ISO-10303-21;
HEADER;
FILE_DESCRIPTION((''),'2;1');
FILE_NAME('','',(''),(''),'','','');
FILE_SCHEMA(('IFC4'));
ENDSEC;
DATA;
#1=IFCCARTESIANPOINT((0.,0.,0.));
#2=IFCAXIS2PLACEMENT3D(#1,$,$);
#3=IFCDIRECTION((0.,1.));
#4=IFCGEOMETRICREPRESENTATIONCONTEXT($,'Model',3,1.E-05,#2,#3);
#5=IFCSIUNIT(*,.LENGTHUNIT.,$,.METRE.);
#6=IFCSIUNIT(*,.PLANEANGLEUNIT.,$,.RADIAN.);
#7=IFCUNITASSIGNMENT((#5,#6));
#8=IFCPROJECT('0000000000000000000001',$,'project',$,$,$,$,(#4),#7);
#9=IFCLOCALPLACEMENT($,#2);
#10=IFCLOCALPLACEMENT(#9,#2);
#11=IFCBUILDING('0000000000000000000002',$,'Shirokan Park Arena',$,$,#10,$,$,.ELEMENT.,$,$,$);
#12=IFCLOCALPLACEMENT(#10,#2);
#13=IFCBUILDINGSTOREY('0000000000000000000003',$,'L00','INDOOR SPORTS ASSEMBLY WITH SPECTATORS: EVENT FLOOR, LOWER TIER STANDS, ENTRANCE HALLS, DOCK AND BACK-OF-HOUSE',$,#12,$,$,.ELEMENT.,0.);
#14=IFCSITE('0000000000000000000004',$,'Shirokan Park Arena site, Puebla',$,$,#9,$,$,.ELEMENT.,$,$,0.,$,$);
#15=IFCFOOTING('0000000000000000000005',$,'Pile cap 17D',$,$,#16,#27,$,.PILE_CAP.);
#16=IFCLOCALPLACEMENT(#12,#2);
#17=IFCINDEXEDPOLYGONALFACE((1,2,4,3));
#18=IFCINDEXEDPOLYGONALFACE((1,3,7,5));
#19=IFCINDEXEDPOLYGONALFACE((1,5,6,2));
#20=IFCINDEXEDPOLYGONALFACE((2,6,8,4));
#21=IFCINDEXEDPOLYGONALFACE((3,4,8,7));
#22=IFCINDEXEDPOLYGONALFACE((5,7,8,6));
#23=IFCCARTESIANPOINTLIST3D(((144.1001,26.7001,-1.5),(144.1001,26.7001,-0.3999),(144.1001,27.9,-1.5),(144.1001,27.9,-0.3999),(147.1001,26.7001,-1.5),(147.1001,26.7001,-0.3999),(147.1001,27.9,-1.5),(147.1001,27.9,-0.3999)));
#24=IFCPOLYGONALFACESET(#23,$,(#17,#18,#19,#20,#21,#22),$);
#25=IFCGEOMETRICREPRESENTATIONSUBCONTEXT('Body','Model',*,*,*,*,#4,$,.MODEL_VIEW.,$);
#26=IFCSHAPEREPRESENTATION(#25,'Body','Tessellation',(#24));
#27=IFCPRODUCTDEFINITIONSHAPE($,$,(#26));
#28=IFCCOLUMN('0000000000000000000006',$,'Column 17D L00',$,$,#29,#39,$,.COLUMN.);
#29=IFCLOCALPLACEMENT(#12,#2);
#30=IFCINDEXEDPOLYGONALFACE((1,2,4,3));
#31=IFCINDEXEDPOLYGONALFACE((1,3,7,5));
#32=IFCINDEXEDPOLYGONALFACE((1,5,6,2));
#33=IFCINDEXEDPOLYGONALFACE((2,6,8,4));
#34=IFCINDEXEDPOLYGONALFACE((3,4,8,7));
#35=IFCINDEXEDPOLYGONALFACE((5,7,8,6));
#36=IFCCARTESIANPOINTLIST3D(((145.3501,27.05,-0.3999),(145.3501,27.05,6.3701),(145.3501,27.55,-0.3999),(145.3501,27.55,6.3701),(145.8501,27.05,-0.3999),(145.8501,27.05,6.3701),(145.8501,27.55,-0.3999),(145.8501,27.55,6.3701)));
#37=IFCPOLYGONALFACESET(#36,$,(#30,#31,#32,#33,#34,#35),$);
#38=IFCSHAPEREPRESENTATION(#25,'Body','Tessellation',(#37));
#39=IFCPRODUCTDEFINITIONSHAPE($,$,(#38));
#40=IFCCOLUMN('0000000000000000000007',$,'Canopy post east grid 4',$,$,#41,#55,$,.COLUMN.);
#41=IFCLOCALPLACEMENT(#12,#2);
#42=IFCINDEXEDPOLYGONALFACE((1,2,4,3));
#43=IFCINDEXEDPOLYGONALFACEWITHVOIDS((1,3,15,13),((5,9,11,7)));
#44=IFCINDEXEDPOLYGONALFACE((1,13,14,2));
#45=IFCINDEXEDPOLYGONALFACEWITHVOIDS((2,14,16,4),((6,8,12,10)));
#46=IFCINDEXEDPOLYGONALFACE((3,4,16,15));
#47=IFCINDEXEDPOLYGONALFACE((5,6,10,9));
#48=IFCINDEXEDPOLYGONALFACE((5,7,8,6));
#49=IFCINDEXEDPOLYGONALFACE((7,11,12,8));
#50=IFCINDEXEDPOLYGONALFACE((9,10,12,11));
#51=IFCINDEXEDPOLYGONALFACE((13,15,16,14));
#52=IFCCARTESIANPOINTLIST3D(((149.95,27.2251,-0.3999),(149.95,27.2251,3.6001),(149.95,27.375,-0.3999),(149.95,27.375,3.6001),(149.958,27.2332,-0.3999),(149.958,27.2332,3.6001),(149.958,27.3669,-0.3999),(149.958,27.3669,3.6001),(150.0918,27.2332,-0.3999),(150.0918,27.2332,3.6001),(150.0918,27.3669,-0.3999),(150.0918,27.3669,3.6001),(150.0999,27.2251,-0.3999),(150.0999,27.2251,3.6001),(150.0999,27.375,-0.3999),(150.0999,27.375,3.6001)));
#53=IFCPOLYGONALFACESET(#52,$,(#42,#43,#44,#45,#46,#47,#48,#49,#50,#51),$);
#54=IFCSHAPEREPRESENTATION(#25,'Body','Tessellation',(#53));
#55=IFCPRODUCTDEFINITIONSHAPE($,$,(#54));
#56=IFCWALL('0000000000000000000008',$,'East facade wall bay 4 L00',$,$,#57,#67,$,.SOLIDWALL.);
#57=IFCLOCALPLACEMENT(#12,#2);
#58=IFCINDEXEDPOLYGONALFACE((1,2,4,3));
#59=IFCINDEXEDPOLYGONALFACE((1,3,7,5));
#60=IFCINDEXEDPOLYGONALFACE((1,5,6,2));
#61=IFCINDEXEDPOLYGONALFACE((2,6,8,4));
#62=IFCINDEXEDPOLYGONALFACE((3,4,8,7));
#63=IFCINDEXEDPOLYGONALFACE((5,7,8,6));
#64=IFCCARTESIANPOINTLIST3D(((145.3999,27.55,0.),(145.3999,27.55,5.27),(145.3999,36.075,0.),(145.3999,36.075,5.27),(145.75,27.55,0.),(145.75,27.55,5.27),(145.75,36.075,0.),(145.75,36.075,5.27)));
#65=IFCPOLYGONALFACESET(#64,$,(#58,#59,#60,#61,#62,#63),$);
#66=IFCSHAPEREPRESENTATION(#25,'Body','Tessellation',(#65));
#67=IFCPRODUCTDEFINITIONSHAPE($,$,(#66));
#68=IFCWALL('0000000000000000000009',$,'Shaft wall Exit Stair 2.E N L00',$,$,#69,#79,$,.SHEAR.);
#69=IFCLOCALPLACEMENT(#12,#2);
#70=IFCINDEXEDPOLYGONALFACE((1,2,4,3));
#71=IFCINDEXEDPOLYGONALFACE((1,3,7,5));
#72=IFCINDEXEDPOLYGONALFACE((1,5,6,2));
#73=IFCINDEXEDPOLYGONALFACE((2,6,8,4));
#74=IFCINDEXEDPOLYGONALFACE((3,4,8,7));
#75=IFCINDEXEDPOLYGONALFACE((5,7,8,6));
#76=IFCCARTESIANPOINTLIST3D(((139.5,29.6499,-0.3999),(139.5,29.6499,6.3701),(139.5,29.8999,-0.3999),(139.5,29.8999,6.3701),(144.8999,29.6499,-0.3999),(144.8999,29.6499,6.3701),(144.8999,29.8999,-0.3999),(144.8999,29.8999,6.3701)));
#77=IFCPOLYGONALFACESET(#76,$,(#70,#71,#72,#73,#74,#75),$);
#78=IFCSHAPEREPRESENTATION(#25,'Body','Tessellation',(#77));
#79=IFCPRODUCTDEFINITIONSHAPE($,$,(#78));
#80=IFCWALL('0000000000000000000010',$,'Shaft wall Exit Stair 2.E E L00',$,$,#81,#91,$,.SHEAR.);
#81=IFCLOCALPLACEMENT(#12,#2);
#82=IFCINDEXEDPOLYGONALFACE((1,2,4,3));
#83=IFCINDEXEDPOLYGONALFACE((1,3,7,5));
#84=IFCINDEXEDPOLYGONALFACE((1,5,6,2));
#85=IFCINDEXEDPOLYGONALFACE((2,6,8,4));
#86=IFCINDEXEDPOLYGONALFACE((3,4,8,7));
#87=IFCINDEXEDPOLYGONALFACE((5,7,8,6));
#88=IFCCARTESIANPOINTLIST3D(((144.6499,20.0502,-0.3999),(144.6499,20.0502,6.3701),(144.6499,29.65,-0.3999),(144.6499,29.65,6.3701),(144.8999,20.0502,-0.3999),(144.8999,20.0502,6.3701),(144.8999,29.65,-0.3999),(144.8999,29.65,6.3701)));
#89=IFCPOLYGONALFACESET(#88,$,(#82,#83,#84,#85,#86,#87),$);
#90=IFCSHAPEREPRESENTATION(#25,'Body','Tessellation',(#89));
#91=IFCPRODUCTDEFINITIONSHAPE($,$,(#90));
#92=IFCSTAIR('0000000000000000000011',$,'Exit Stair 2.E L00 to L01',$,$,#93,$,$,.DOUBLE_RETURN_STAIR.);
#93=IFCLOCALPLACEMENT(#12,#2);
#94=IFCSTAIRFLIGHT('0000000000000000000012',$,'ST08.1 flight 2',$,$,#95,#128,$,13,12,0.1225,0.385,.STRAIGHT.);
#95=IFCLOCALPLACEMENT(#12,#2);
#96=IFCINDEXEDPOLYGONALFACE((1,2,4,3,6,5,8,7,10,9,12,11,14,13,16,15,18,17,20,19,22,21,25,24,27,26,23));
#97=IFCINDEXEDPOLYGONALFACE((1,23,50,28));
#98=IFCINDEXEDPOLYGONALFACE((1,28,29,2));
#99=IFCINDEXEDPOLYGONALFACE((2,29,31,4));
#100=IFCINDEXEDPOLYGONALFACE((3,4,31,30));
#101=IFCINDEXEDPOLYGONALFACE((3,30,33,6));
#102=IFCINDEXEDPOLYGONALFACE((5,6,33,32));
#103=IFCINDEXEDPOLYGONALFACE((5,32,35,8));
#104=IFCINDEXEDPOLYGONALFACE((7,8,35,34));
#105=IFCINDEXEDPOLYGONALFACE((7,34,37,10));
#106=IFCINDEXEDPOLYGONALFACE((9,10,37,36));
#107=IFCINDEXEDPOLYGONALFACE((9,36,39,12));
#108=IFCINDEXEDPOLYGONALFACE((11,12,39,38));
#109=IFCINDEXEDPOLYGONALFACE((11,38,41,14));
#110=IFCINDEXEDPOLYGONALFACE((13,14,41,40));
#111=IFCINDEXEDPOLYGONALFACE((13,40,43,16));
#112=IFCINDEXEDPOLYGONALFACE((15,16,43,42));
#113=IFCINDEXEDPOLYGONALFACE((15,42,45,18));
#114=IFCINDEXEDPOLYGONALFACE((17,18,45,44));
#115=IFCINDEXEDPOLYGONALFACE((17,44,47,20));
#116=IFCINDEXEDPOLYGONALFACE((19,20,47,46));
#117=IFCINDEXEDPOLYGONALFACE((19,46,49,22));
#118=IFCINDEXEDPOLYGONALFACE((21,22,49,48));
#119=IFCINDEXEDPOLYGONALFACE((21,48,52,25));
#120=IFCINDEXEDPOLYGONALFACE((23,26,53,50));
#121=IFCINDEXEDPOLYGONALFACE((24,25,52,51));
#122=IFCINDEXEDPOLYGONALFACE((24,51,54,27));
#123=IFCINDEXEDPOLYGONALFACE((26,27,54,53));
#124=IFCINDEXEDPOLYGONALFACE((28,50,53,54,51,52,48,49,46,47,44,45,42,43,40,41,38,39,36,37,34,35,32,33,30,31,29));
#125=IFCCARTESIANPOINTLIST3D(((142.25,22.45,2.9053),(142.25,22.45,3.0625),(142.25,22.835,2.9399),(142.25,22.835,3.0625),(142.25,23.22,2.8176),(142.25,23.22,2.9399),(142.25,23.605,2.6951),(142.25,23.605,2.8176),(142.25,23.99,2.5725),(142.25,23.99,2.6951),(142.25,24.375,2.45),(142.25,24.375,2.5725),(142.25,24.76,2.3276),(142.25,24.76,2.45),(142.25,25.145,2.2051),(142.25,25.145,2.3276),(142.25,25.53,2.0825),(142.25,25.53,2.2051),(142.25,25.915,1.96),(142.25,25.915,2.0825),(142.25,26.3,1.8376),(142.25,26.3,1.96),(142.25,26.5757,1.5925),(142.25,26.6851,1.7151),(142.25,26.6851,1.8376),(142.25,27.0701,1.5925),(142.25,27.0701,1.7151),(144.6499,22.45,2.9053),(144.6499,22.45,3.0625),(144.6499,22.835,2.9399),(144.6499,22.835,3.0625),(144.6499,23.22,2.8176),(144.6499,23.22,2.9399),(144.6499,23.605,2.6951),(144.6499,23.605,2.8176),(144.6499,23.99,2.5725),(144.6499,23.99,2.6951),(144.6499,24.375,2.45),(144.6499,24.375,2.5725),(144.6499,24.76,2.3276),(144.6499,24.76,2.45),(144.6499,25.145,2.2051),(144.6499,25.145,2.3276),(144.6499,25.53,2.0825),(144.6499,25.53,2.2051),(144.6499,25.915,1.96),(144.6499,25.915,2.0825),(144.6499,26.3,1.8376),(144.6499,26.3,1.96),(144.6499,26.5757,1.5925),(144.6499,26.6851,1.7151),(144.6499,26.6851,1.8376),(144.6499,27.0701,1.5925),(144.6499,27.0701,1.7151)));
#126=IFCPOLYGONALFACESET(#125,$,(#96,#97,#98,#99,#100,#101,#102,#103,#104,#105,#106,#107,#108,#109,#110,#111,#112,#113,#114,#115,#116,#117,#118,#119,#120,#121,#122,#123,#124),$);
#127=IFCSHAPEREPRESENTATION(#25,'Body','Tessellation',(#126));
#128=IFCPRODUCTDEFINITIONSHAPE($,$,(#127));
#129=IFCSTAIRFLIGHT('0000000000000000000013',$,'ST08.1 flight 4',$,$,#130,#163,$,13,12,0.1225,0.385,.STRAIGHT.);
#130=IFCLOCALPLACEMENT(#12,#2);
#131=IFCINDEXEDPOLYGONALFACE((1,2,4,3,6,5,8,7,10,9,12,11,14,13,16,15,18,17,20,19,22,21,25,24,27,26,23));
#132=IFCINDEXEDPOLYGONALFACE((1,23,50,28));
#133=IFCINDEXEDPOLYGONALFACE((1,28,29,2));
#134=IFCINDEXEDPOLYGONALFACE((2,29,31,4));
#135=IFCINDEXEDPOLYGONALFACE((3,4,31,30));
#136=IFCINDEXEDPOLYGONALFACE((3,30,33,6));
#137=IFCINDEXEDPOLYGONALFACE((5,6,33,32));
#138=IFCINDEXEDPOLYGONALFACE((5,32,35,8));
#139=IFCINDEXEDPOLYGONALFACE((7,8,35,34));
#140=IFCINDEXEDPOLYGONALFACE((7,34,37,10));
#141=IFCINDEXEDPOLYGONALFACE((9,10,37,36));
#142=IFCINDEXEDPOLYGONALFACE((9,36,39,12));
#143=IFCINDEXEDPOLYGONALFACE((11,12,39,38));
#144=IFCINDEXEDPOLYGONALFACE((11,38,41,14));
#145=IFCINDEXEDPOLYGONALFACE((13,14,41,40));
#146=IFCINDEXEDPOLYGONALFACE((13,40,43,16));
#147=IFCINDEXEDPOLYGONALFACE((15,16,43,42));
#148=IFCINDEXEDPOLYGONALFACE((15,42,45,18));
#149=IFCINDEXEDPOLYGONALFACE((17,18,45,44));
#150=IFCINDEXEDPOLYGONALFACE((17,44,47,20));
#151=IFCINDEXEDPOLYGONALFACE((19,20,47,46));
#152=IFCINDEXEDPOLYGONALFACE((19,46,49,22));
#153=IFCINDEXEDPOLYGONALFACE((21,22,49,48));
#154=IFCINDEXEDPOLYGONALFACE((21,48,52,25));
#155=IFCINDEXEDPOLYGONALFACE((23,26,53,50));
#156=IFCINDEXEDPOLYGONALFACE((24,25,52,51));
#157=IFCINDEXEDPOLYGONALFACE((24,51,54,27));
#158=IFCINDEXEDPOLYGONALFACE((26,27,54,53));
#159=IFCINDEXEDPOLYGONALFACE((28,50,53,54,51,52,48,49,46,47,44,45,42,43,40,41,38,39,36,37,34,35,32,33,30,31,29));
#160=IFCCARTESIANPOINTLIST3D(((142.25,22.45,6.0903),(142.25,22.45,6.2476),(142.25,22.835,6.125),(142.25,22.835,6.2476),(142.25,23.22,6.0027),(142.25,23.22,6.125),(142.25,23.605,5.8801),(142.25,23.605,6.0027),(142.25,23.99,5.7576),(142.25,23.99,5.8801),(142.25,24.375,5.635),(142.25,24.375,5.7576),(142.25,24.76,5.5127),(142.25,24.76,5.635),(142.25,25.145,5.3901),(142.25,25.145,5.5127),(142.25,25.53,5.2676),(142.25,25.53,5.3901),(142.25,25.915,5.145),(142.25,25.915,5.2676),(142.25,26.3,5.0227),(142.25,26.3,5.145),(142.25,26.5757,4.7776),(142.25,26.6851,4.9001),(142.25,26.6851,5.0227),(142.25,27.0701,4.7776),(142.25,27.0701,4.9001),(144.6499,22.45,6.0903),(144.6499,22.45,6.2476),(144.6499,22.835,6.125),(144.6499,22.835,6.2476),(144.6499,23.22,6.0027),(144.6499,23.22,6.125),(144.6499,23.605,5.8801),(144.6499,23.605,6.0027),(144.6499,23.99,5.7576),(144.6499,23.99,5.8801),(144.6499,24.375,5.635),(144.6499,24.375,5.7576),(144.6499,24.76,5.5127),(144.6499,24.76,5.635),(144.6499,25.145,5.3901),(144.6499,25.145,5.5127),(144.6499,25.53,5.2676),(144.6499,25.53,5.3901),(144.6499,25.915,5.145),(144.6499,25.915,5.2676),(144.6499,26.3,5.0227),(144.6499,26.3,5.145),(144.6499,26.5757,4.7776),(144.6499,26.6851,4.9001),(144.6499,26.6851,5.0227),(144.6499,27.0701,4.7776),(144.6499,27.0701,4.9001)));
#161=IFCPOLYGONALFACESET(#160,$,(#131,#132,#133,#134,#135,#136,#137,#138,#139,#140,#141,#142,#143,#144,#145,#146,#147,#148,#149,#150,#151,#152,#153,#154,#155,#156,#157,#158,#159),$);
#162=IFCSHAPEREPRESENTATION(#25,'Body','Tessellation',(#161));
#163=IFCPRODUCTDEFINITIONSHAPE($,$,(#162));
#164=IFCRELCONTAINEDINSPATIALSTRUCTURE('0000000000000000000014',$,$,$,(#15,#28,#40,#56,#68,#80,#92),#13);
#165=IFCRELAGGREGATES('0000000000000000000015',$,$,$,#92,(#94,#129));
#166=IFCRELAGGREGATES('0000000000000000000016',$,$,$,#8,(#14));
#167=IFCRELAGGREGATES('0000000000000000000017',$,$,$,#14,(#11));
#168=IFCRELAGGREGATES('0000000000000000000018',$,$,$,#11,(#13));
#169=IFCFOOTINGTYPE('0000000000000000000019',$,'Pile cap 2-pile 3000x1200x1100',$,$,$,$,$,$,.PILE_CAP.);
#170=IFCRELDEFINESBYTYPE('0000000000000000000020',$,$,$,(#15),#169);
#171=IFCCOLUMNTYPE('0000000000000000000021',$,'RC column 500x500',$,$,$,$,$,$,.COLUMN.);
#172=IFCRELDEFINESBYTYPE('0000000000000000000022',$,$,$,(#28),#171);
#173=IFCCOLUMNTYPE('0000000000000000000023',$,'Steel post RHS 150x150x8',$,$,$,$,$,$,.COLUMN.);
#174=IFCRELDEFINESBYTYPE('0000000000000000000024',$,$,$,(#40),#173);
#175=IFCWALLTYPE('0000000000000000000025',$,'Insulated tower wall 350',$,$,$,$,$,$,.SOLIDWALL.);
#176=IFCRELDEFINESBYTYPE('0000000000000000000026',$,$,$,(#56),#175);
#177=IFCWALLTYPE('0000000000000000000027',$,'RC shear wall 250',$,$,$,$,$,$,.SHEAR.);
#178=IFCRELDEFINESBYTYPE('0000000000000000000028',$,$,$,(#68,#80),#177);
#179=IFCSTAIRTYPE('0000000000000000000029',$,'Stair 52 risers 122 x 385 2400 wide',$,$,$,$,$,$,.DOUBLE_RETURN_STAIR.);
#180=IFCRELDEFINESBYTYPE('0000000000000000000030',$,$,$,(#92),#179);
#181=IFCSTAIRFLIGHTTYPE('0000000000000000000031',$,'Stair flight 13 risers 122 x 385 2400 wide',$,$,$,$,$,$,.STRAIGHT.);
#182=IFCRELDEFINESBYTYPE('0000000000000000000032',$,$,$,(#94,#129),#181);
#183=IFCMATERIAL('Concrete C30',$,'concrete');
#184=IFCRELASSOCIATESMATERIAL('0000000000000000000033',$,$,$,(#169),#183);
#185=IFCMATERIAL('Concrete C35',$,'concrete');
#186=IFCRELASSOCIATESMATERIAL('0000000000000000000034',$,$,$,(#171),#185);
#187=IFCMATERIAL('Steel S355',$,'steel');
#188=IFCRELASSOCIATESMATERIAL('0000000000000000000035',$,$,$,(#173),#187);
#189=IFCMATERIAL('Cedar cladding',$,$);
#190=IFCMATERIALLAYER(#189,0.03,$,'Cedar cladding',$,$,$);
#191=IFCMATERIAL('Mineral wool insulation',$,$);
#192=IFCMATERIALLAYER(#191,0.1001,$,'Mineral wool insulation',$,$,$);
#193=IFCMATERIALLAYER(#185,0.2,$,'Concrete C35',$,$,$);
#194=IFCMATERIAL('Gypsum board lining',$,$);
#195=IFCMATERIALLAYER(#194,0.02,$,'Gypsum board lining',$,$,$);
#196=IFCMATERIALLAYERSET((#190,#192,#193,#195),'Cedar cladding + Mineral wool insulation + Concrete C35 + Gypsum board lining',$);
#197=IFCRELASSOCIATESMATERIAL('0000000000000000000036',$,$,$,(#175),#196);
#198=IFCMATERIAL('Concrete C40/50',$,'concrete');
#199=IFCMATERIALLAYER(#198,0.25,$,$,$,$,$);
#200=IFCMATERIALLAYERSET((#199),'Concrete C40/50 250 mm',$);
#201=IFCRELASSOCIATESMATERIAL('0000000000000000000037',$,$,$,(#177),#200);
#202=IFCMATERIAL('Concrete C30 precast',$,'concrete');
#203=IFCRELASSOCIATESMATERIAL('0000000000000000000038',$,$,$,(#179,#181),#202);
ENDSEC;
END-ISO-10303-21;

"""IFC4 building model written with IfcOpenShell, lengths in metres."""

from ifc_helpers import new_model, si_unit, direction, frame, frame_2d, origin, origin_2d, place, context, subcontext, project, spatial, polyline, rectangle, hollow_rectangle, outline, extrude, material, layer, layer_set, material_profile, profile_set, type_object, element, aggregate, save


model = new_model("IFC4")

# Units and contexts
model_context = context("Model", 3, precision=1e-05, world=origin(), true_north=direction((0.0, 1.0)))
body_context = subcontext(model_context, "Body", "Model", "MODEL_VIEW")
ifc_project = project(units=[si_unit("LENGTHUNIT", "METRE"), si_unit("PLANEANGLEUNIT", "RADIAN")], contexts=[model_context])

# Site, building, storey
site_placement = place(None, origin())
site = spatial("IfcSite", under=ifc_project, at=site_placement, Name="Shirokan Park Arena site, Puebla", CompositionType="ELEMENT", RefElevation=0.0)
building_placement = place(site_placement, origin())
building = spatial("IfcBuilding", under=site, at=building_placement, Name="Shirokan Park Arena", CompositionType="ELEMENT")
storey_placement = place(building_placement, origin())
storey = spatial("IfcBuildingStorey", under=building, at=storey_placement, Name="L00", Description="INDOOR SPORTS ASSEMBLY WITH SPECTATORS: EVENT FLOOR, LOWER TIER STANDS, ENTRANCE HALLS, DOCK AND BACK-OF-HOUSE", CompositionType="ELEMENT", Elevation=0.0)

# Shared definitions
ifc_material_1 = material(Name="Concrete C30", Category="concrete")

# Footing
footing_type_1 = type_object("IfcFootingType", Name="Pile cap 2-pile 3000x1200x1100", PredefinedType="PILE_CAP", material=ifc_material_1)
footing_1_placement = place(storey_placement, frame((145.6001, 27.3, -1.5), z_axis=(0.0, 0.0, 1.0), x_axis=(1.0, 0.0, 0.0)))
element("IfcFooting", 1, at=footing_1_placement, inside=storey, type_object=footing_type_1, Name="Pile cap 17D", PredefinedType="PILE_CAP", context=body_context, shape_type="SweptSolid", body=[
    extrude(rectangle(XDim=3.0, YDim=1.2, at=origin_2d()), origin(), (0.0, 0.0, 1.0), 1.1001),
])

# Columns
ifc_material_2 = material(Name="Concrete C35", Category="concrete")
ifc_material_profile_1 = material_profile(ifc_material_2, rectangle(XDim=0.5, YDim=0.5, at=origin_2d()), Name="500x500")
ifc_profile_set_1 = profile_set([ifc_material_profile_1], Name="Concrete C35")
column_type_1 = type_object("IfcColumnType", Name="RC column 500x500", PredefinedType="COLUMN", material=ifc_profile_set_1)
column_1_placement = place(storey_placement, frame((145.6001, 27.3, -0.3999), z_axis=(0.0, 0.0, 1.0), x_axis=(1.0, 0.0, 0.0)))
element("IfcColumn", 2, at=column_1_placement, inside=storey, type_object=column_type_1, Name="Column 17D L00", PredefinedType="COLUMN", context=body_context, shape_type="SweptSolid", body=[
    extrude(rectangle(XDim=0.5, YDim=0.5, at=origin_2d()), origin(), (0.0, 0.0, 1.0), 6.77),
])
ifc_material_3 = material(Name="Steel S355", Category="steel")
ifc_material_profile_2 = material_profile(ifc_material_3, hollow_rectangle(XDim=0.1499, YDim=0.1499, WallThickness=0.0081, at=origin_2d()), Name="RHS 150x150x8")
ifc_profile_set_2 = profile_set([ifc_material_profile_2], Name="Steel S355")
column_type_2 = type_object("IfcColumnType", Name="Steel post RHS 150x150x8", PredefinedType="COLUMN", material=ifc_profile_set_2)
column_2_placement = place(storey_placement, frame((150.0249, 27.3, -0.3999), z_axis=(0.0, 0.0, 1.0), x_axis=(1.0, 0.0, 0.0)))
element("IfcColumn", 3, at=column_2_placement, inside=storey, type_object=column_type_2, Name="Canopy post east grid 4", PredefinedType="COLUMN", context=body_context, shape_type="SweptSolid", body=[
    extrude(hollow_rectangle(XDim=0.1499, YDim=0.1499, WallThickness=0.0081, at=origin_2d()), origin(), (0.0, 0.0, 1.0), 4.0),
])

# Walls
ifc_material_4 = material(Name="Cedar cladding")
ifc_layer_1 = layer(ifc_material_4, 0.03, Name="Cedar cladding")
ifc_material_5 = material(Name="Mineral wool insulation")
ifc_layer_2 = layer(ifc_material_5, 0.1001, Name="Mineral wool insulation")
ifc_layer_3 = layer(ifc_material_2, 0.2, Name="Concrete C35")
ifc_material_6 = material(Name="Gypsum board lining")
ifc_layer_4 = layer(ifc_material_6, 0.02, Name="Gypsum board lining")
ifc_layer_set_1 = layer_set([ifc_layer_1, ifc_layer_2, ifc_layer_3, ifc_layer_4], Name="Cedar cladding + Mineral wool insulation + Concrete C35 + Gypsum board lining")
wall_type_1 = type_object("IfcWallType", Name="Insulated tower wall 350", PredefinedType="SOLIDWALL", material=ifc_layer_set_1)
wall_1_placement = place(storey_placement, frame((145.575, 27.55, 0.0), z_axis=(0.0, 0.0, 1.0), x_axis=(0.0, 1.0, 0.0)))
element("IfcWall", 4, at=wall_1_placement, inside=storey, type_object=wall_type_1, Name="East facade wall bay 4 L00", PredefinedType="SOLIDWALL", context=body_context, shape_type="SweptSolid", body=[
    extrude(rectangle(XDim=8.5249, YDim=0.3501, at=frame_2d((4.2625, 0.0))), origin(), (0.0, 0.0, 1.0), 5.27),
])
ifc_material_7 = material(Name="Concrete C40/50", Category="concrete")
ifc_layer_5 = layer(ifc_material_7, 0.25)
ifc_layer_set_2 = layer_set([ifc_layer_5], Name="Concrete C40/50 250 mm")
wall_type_2 = type_object("IfcWallType", Name="RC shear wall 250", PredefinedType="SHEAR", material=ifc_layer_set_2)
wall_2_placement = place(storey_placement, frame((144.8999, 29.7749, -0.3999), z_axis=(0.0, 0.0, 1.0), x_axis=(-1.0, 0.0, 0.0)))
element("IfcWall", 5, at=wall_2_placement, inside=storey, type_object=wall_type_2, Name="Shaft wall Exit Stair 2.E N L00", PredefinedType="SHEAR", context=body_context, shape_type="SweptSolid", body=[
    extrude(rectangle(XDim=5.3999, YDim=0.25, at=frame_2d((2.7, 0.0))), origin(), (0.0, 0.0, 1.0), 6.77),
])
wall_3_placement = place(storey_placement, frame((144.7749, 29.6499, -0.3999), z_axis=(0.0, 0.0, 1.0), x_axis=(0.0, -1.0, 0.0)))
element("IfcWall", 6, at=wall_3_placement, inside=storey, type_object=wall_type_2, Name="Shaft wall Exit Stair 2.E E L00", PredefinedType="SHEAR", context=body_context, shape_type="SweptSolid", body=[
    extrude(rectangle(XDim=9.5999, YDim=0.25, at=frame_2d((4.7998, 0.0))), origin(), (0.0, 0.0, 1.0), 6.77),
])

# Stair, stair flights
ifc_material_8 = material(Name="Concrete C30 precast", Category="concrete")
stair_type = type_object("IfcStairType", Name="Stair 52 risers 122 x 385 2400 wide", PredefinedType="DOUBLE_RETURN_STAIR", material=ifc_material_8)
stair_placement = place(storey_placement, origin())
stair = element("IfcStair", 7, at=stair_placement, inside=storey, type_object=stair_type, Name="Exit Stair 2.E L00 to L01", PredefinedType="DOUBLE_RETURN_STAIR")
stair_flight_type = type_object("IfcStairFlightType", Name="Stair flight 13 risers 122 x 385 2400 wide", PredefinedType="STRAIGHT", material=ifc_material_8)
stair_flight_1_placement = place(storey_placement, frame((143.45, 27.0701, 1.5925), z_axis=(0.0, 0.0, 1.0), x_axis=(0.0, -1.0, 0.0)))
stair_flight_1 = element("IfcStairFlight", 8, at=stair_flight_1_placement, type_object=stair_flight_type, Name="ST08.1 flight 2", NumberOfRisers=13, NumberOfTreads=12, PredefinedType="STRAIGHT", RiserHeight=0.1225, TreadLength=0.385, context=body_context, shape_type="SweptSolid", body=[
    extrude(outline(polyline([(0.0, 0.0), (0.0, 0.1226), (0.385, 0.1226), (0.385, 0.2451), (0.77, 0.2451), (0.77, 0.3674), (1.155, 0.3674), (1.155, 0.49), (1.54, 0.49), (1.54, 0.6125), (1.925, 0.6125), (1.925, 0.7351), (2.3101, 0.7351), (2.3101, 0.8574), (2.6951, 0.8574), (2.6951, 0.98), (3.0801, 0.98), (3.0801, 1.1025), (3.4651, 1.1025), (3.4651, 1.2251), (3.8501, 1.2251), (3.8501, 1.3474), (4.2351, 1.3474), (4.2351, 1.47), (4.6201, 1.47), (4.6201, 1.5925), (4.6201, 1.3127), (0.4944, 0.0), (0.0, 0.0)])), frame((0.0, 1.2, 0.0), z_axis=(0.0, -1.0, 0.0), x_axis=(1.0, 0.0, 0.0)), (0.0, 0.0, 1.0), 2.3999),
])
stair_flight_2_placement = place(storey_placement, frame((143.45, 27.0701, 4.7776), z_axis=(0.0, 0.0, 1.0), x_axis=(0.0, -1.0, 0.0)))
stair_flight_2 = element("IfcStairFlight", 9, at=stair_flight_2_placement, type_object=stair_flight_type, Name="ST08.1 flight 4", NumberOfRisers=13, NumberOfTreads=12, PredefinedType="STRAIGHT", RiserHeight=0.1225, TreadLength=0.385, context=body_context, shape_type="SweptSolid", body=[
    extrude(outline(polyline([(0.0, 0.0), (0.0, 0.1226), (0.385, 0.1226), (0.385, 0.2451), (0.77, 0.2451), (0.77, 0.3674), (1.155, 0.3674), (1.155, 0.49), (1.54, 0.49), (1.54, 0.6125), (1.925, 0.6125), (1.925, 0.7351), (2.3101, 0.7351), (2.3101, 0.8574), (2.6951, 0.8574), (2.6951, 0.98), (3.0801, 0.98), (3.0801, 1.1025), (3.4651, 1.1025), (3.4651, 1.2251), (3.8501, 1.2251), (3.8501, 1.3474), (4.2351, 1.3474), (4.2351, 1.47), (4.6201, 1.47), (4.6201, 1.5925), (4.6201, 1.3127), (0.4944, 0.0), (0.0, 0.0)])), frame((0.0, 1.2, 0.0), z_axis=(0.0, -1.0, 0.0), x_axis=(1.0, 0.0, 0.0)), (0.0, 0.0, 1.0), 2.3999),
])
aggregate(stair, [stair_flight_1, stair_flight_2])

save(model, "model.ifc")
